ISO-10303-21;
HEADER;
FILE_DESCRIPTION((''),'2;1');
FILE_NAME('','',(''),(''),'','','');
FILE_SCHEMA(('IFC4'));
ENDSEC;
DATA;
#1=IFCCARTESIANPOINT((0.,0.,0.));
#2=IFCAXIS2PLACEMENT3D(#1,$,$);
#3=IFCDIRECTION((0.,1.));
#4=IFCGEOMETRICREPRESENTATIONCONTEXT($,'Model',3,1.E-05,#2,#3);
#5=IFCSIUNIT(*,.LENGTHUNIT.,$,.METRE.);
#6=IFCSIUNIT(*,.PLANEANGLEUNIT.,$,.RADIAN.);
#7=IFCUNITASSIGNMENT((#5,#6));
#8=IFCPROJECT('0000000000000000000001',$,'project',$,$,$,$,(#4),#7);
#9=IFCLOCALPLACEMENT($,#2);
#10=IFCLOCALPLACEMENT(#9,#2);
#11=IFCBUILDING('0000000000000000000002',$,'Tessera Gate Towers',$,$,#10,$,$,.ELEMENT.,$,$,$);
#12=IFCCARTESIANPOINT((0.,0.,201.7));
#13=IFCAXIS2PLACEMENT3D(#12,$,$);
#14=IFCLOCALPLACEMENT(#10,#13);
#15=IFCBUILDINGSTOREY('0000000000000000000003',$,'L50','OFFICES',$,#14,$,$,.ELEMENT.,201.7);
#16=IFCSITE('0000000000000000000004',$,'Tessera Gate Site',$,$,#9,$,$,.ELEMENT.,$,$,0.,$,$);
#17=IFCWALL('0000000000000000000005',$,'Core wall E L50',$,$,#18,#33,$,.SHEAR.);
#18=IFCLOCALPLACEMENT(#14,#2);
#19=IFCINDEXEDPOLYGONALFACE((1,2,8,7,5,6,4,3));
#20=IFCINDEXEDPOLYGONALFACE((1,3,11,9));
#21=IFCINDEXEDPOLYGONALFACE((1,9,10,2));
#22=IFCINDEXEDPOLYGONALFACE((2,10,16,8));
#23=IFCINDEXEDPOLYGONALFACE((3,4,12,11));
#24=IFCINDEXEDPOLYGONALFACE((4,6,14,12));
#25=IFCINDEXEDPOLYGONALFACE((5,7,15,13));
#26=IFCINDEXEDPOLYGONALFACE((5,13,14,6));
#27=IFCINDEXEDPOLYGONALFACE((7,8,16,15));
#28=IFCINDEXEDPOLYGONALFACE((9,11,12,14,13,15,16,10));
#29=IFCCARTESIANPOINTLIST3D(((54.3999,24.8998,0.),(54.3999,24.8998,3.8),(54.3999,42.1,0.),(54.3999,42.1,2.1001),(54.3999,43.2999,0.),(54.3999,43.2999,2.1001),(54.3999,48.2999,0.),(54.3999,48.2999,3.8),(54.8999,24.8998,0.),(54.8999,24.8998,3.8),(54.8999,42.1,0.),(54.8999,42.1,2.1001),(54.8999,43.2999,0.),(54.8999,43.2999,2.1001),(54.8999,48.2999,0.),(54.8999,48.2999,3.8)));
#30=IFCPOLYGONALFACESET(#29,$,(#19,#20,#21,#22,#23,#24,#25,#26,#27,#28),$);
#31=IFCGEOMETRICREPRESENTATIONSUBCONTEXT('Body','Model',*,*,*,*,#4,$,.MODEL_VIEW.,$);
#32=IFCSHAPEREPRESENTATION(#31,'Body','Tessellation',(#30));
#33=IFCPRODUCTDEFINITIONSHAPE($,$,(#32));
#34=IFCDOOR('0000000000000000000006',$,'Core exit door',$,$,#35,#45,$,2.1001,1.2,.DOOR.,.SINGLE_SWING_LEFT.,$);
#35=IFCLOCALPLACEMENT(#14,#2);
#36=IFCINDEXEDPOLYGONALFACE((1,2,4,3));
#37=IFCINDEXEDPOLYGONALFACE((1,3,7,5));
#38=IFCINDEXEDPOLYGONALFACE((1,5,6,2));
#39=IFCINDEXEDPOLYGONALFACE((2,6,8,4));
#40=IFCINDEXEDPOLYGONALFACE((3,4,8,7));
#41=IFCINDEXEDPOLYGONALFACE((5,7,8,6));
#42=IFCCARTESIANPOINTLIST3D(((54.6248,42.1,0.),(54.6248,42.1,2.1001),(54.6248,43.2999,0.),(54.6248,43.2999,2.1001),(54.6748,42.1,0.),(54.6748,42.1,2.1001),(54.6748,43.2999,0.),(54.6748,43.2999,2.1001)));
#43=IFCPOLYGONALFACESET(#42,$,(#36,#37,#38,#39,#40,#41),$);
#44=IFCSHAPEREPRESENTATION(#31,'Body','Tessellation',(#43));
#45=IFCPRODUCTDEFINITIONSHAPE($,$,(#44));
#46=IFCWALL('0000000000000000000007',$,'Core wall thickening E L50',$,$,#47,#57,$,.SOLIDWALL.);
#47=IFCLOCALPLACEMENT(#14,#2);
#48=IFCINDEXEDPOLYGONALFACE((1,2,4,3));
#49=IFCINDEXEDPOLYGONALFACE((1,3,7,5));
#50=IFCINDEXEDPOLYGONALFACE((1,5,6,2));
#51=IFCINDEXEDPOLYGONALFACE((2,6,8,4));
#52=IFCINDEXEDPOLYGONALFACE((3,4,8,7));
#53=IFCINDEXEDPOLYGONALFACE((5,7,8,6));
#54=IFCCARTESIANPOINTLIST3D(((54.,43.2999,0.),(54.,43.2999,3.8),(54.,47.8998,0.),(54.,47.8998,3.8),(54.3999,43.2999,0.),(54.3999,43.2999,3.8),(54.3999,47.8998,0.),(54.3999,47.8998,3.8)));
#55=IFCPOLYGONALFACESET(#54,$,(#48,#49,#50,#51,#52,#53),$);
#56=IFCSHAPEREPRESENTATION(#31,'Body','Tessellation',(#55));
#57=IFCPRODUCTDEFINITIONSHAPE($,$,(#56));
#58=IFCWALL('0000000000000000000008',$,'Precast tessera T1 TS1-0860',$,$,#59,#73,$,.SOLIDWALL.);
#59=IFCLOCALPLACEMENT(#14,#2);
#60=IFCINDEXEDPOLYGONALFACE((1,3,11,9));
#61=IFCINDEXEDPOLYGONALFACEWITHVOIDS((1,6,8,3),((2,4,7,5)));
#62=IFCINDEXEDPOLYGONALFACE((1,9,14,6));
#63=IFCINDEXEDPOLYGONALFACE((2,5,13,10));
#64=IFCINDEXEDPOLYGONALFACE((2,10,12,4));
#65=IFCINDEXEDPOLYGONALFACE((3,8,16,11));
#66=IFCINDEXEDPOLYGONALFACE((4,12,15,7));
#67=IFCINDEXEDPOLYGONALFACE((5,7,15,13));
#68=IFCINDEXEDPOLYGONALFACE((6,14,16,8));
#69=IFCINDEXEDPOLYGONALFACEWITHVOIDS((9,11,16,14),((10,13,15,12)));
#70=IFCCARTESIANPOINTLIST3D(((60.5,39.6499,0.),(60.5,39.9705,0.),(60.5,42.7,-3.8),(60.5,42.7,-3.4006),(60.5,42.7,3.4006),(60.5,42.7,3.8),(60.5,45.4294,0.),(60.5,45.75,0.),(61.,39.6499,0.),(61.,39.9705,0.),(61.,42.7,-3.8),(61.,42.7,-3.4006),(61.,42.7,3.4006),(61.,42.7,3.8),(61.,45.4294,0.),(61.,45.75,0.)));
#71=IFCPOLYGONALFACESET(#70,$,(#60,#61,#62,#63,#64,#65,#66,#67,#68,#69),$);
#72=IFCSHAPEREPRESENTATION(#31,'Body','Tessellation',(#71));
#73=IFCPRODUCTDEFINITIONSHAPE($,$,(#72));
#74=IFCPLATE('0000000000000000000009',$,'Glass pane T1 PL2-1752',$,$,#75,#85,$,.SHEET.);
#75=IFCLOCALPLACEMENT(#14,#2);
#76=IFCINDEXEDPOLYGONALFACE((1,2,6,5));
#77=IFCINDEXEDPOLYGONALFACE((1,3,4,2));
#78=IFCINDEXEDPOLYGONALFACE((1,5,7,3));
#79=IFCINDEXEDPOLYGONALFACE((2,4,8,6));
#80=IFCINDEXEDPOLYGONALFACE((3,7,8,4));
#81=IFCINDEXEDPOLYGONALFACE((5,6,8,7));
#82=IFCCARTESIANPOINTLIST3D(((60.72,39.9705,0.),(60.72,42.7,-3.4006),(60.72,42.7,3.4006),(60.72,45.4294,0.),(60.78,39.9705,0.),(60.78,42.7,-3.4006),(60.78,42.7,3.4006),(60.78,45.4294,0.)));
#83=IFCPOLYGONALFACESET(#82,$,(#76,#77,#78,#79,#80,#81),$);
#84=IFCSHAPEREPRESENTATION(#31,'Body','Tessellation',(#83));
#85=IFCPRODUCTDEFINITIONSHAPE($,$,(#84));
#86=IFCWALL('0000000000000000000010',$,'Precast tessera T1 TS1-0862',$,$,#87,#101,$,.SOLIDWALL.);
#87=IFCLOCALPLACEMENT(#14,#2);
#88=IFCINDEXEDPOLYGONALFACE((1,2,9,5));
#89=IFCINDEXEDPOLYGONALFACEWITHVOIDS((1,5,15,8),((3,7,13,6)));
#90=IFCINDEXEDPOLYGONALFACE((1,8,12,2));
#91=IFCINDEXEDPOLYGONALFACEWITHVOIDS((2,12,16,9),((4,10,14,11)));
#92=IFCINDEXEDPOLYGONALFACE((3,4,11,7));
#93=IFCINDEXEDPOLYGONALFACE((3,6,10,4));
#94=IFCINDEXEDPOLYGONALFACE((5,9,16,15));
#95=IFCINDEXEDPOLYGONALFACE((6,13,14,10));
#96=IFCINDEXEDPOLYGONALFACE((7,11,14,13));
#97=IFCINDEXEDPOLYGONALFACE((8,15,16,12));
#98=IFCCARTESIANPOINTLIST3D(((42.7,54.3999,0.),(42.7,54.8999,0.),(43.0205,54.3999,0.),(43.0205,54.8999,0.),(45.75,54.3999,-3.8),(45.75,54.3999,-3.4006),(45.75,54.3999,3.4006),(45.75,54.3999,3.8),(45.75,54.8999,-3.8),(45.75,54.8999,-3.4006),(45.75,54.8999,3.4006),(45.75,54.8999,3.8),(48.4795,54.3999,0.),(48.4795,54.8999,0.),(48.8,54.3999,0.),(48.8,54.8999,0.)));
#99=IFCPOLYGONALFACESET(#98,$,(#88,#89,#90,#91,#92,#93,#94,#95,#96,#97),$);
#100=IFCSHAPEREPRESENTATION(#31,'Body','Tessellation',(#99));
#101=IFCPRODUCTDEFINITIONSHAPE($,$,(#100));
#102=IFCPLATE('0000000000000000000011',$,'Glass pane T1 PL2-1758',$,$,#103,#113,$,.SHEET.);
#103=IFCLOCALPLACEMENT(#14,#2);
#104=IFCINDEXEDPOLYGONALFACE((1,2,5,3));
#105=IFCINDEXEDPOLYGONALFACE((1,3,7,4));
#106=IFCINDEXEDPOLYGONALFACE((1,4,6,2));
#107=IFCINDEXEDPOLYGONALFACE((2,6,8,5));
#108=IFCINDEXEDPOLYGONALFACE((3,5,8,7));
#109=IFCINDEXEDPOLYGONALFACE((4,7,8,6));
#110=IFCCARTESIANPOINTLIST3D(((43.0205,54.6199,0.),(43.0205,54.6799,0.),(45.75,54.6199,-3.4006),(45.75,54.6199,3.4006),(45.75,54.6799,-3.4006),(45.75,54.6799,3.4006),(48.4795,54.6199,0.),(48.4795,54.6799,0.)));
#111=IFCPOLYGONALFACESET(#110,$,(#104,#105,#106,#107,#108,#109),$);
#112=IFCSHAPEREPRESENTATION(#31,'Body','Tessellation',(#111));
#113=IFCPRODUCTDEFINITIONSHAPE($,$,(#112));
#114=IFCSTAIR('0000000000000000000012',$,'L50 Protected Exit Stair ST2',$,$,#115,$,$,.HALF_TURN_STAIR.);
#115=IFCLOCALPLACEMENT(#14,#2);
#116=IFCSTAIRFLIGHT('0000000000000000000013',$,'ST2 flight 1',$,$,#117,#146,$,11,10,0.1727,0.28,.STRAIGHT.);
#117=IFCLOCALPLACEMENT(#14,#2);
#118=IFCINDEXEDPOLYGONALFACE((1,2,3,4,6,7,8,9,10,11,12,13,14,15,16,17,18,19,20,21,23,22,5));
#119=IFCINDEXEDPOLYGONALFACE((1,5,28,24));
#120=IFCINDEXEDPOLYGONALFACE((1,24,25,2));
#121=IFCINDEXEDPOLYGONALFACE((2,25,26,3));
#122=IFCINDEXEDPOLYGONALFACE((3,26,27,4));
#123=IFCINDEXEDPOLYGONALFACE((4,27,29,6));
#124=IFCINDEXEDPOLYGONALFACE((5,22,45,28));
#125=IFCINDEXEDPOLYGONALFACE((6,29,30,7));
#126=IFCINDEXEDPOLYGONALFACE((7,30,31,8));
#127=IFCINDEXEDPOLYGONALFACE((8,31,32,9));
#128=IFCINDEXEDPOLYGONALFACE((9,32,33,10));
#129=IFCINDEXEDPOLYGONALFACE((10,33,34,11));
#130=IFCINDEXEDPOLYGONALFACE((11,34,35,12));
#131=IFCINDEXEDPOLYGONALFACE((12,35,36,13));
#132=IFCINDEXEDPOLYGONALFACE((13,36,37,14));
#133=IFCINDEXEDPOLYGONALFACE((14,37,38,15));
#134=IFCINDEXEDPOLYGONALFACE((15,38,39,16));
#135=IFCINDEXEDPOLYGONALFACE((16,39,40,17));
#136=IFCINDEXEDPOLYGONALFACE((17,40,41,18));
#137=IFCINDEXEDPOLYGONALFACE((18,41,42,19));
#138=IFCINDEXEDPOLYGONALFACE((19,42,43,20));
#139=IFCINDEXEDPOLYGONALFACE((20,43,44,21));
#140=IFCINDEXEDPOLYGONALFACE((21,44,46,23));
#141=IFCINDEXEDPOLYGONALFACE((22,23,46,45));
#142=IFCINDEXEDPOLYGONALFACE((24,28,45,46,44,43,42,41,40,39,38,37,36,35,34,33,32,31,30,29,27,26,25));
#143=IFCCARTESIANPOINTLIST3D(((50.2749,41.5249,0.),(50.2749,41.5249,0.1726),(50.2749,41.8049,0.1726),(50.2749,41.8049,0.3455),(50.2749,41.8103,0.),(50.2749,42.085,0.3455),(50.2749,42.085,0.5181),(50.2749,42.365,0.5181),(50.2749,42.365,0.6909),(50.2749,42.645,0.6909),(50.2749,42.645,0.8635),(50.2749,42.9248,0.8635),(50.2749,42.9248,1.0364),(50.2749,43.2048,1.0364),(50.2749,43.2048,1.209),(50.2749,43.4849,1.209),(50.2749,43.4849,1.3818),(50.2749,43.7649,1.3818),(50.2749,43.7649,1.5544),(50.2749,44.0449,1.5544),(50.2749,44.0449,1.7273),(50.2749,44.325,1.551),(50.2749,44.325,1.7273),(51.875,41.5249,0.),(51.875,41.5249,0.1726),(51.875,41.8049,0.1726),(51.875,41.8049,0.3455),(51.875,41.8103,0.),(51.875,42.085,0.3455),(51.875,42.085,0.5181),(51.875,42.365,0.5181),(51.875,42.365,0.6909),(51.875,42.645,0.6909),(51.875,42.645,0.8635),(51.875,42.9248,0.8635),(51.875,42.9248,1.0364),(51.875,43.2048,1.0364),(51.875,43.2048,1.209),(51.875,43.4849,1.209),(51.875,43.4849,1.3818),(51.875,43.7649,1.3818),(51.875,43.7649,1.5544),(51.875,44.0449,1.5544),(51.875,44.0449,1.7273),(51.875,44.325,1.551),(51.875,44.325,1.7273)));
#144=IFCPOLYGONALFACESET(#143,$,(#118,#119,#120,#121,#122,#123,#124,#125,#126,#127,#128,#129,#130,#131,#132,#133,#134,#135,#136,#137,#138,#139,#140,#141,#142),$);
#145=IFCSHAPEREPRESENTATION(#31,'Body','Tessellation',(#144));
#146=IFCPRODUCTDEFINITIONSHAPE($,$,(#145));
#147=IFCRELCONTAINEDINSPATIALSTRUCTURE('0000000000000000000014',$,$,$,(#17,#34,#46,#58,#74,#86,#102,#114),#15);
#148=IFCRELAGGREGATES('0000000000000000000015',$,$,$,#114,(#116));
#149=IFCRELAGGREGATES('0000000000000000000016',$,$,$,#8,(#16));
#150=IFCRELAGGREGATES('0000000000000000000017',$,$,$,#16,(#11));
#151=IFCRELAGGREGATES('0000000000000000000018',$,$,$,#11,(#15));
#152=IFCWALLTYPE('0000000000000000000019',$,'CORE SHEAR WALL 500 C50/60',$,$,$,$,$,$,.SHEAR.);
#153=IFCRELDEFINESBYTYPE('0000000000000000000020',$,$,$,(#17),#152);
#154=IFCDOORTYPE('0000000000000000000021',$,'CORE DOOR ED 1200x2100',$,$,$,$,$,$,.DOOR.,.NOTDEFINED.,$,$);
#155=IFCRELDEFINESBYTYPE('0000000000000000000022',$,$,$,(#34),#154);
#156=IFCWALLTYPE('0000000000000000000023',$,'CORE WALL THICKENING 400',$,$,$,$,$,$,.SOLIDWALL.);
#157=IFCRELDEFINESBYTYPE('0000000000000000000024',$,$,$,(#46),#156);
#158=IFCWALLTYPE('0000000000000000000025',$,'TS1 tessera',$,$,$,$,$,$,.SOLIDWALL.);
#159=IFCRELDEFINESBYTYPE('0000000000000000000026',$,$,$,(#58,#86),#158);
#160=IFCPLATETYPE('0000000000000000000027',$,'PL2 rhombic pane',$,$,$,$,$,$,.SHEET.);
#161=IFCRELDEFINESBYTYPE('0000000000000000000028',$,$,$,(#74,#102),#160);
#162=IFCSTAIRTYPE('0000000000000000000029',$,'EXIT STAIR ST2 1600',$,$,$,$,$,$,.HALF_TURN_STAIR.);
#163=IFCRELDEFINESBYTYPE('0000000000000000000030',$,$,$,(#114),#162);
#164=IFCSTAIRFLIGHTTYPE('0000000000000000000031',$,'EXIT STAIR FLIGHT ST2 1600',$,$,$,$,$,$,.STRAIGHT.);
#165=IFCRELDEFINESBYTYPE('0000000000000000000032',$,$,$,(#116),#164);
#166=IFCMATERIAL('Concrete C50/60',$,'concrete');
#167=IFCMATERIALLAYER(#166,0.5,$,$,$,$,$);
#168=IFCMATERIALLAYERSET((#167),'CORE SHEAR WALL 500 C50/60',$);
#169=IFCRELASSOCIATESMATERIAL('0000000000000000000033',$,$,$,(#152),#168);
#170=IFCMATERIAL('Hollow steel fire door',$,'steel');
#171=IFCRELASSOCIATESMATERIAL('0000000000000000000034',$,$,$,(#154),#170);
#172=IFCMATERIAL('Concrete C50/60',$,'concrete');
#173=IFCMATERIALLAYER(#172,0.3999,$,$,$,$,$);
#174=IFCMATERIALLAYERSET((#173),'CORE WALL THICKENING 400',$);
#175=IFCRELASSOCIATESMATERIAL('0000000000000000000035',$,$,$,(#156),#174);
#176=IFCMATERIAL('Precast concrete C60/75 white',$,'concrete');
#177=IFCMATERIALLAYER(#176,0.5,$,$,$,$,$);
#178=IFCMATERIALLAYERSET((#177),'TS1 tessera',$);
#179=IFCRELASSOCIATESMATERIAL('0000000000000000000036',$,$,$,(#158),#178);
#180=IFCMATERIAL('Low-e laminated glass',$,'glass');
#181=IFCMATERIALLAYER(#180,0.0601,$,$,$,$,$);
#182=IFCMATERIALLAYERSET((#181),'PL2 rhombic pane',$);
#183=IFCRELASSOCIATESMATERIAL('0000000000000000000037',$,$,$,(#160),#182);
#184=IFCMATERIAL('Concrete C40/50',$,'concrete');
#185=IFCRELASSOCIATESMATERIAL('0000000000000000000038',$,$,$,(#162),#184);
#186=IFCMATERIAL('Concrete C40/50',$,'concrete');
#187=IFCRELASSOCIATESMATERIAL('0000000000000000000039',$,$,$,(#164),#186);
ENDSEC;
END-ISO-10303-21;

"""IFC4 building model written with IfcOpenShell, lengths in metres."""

from ifc_helpers import new_model, si_unit, direction, frame, frame_2d, origin, place, context, subcontext, project, spatial, polyline, rectangle, outline, extrude, source, transform, mapped, material, layer, layer_set, type_object, element, fill, aggregate, save


model = new_model("IFC4")

# Units and contexts
model_context = context("Model", 3, precision=1e-05, world=origin(), true_north=direction((0.0, 1.0)))
body_context = subcontext(model_context, "Body", "Model", "MODEL_VIEW")
ifc_project = project(units=[si_unit("LENGTHUNIT", "METRE"), si_unit("PLANEANGLEUNIT", "RADIAN")], contexts=[model_context])

# Site, building, storey
site_placement = place(None, origin())
site = spatial("IfcSite", under=ifc_project, at=site_placement, Name="Tessera Gate Site", CompositionType="ELEMENT", RefElevation=0.0)
building_placement = place(site_placement, origin())
building = spatial("IfcBuilding", under=site, at=building_placement, Name="Tessera Gate Towers", CompositionType="ELEMENT")
storey_placement = place(building_placement, frame((0.0, 0.0, 201.7)))
storey = spatial("IfcBuildingStorey", under=building, at=storey_placement, Name="L50", Description="OFFICES", CompositionType="ELEMENT", Elevation=201.7)

# Wall, opening, door
shared_shape_1 = source(origin(), body_context, "Body", "SweptSolid", [
    extrude(rectangle(XDim=1.2, YDim=2.1001, at=frame_2d((0.6001, 1.05))), frame((0.0, 0.0249, 0.0), z_axis=(0.0, -1.0, 0.0), x_axis=(1.0, 0.0, 0.0)), (0.0, 0.0, 1.0), 0.05),
])
ifc_material_1 = material(Name="Concrete C50/60", Category="concrete")
ifc_layer_1 = layer(ifc_material_1, 0.5)
ifc_layer_set_1 = layer_set([ifc_layer_1], Name="CORE SHEAR WALL 500 C50/60")
wall_type_1 = type_object("IfcWallType", Name="CORE SHEAR WALL 500 C50/60", PredefinedType="SHEAR", material=ifc_layer_set_1)
wall_1_placement = place(storey_placement, frame((54.6499, 48.3, 0.0), z_axis=(0.0, 0.0, 1.0), x_axis=(0.0, -1.0, 0.0)))
wall_1 = element("IfcWall", 1, at=wall_1_placement, inside=storey, type_object=wall_type_1, Name="Core wall E L50", PredefinedType="SHEAR", context=body_context, shape_type="SweptSolid", body=[
    extrude(rectangle(XDim=23.4001, YDim=0.5, at=frame_2d((11.7002, 0.0))), origin(), (0.0, 0.0, 1.0), 3.8),
])
shared_shape_2 = source(origin(), body_context, "Body", "SweptSolid", [
    extrude(rectangle(XDim=1.2, YDim=2.1001, at=frame_2d((0.6001, 1.05))), frame((0.0, 0.26, 0.0), z_axis=(0.0, -1.0, 0.0), x_axis=(1.0, 0.0, 0.0)), (0.0, 0.0, 1.0), 0.52),
])
opening_1_placement = place(wall_1_placement, frame((5.0, 0.0, 0.0)))
opening_1 = element("IfcOpeningElement", 2, at=opening_1_placement, cuts=wall_1, PredefinedType="OPENING", context=body_context, shape_type="MappedRepresentation", body=[
    mapped(shared_shape_2, transform((0.0, 0.0, 0.0), scale=1.0)),
])
ifc_material_2 = material(Name="Hollow steel fire door", Category="steel")
door_type_1 = type_object("IfcDoorType", Name="CORE DOOR ED 1200x2100", OperationType="NOTDEFINED", PredefinedType="DOOR", material=ifc_material_2)
door_1_placement = place(opening_1_placement, origin())
door_1 = element("IfcDoor", 3, at=door_1_placement, inside=storey, type_object=door_type_1, Name="Core exit door", OperationType="SINGLE_SWING_LEFT", OverallHeight=2.1001, OverallWidth=1.2, PredefinedType="DOOR", context=body_context, shape_type="MappedRepresentation", body=[
    mapped(shared_shape_1, transform((0.0, 0.0, 0.0), scale=1.0)),
])
fill(opening_1, door_1)

# Wall
ifc_material_3 = material(Name="Concrete C50/60", Category="concrete")
ifc_layer_2 = layer(ifc_material_3, 0.3999)
ifc_layer_set_2 = layer_set([ifc_layer_2], Name="CORE WALL THICKENING 400")
wall_type_2 = type_object("IfcWallType", Name="CORE WALL THICKENING 400", PredefinedType="SOLIDWALL", material=ifc_layer_set_2)
wall_2_placement = place(storey_placement, frame((54.2, 43.3, 0.0), z_axis=(0.0, 0.0, 1.0), x_axis=(0.0, 1.0, 0.0)))
element("IfcWall", 4, at=wall_2_placement, inside=storey, type_object=wall_type_2, Name="Core wall thickening E L50", PredefinedType="SOLIDWALL", context=body_context, shape_type="SweptSolid", body=[
    extrude(rectangle(XDim=4.5999, YDim=0.3999, at=frame_2d((2.2998, 0.0))), origin(), (0.0, 0.0, 1.0), 3.8),
])

# Walls, openings, plates
ifc_material_4 = material(Name="Precast concrete C60/75 white", Category="concrete")
ifc_layer_3 = layer(ifc_material_4, 0.5)
ifc_layer_set_3 = layer_set([ifc_layer_3], Name="TS1 tessera")
wall_type_3 = type_object("IfcWallType", Name="TS1 tessera", PredefinedType="SOLIDWALL", material=ifc_layer_set_3)
shared_shape_3 = source(origin(), body_context, "Body", "SweptSolid", [
    extrude(outline(polyline([(3.05, 0.0), (6.1001, 3.8), (3.05, 7.6001), (0.0, 3.8), (3.05, 0.0)])), frame((0.0, 0.25, 0.0), z_axis=(0.0, -1.0, 0.0), x_axis=(1.0, 0.0, 0.0)), (0.0, 0.0, 1.0), 0.5),
])
wall_3_placement = place(storey_placement, frame((60.75, 39.6499, -3.8), z_axis=(0.0, 0.0, 1.0), x_axis=(0.0, 1.0, 0.0)))
wall_3 = element("IfcWall", 5, at=wall_3_placement, inside=storey, type_object=wall_type_3, Name="Precast tessera T1 TS1-0860", PredefinedType="SOLIDWALL", context=body_context, shape_type="MappedRepresentation", body=[
    mapped(shared_shape_3, transform((0.0, 0.0, 0.0), scale=1.0)),
])
shared_shape_4 = source(origin(), body_context, "Body", "SweptSolid", [
    extrude(outline(polyline([(3.05, 0.3994), (5.7795, 3.8), (3.05, 7.2007), (0.3206, 3.8), (3.05, 0.3994)])), frame((0.0, 0.26, 0.0), z_axis=(0.0, -1.0, 0.0), x_axis=(1.0, 0.0, 0.0)), (0.0, 0.0, 1.0), 0.52),
])
opening_2_placement = place(wall_3_placement, origin())
opening_2 = element("IfcOpeningElement", 6, at=opening_2_placement, cuts=wall_3, PredefinedType="OPENING", context=body_context, shape_type="MappedRepresentation", body=[
    mapped(shared_shape_4, transform((0.0, 0.0, 0.0), scale=1.0)),
])
ifc_material_5 = material(Name="Low-e laminated glass", Category="glass")
ifc_layer_4 = layer(ifc_material_5, 0.0601)
ifc_layer_set_4 = layer_set([ifc_layer_4], Name="PL2 rhombic pane")
plate_type = type_object("IfcPlateType", Name="PL2 rhombic pane", PredefinedType="SHEET", material=ifc_layer_set_4)
shared_shape_5 = source(origin(), body_context, "Body", "SweptSolid", [
    extrude(outline(polyline([(3.05, 0.3994), (5.7795, 3.8), (3.05, 7.2007), (0.3206, 3.8), (3.05, 0.3994)])), frame((0.0, 0.03, 0.0), z_axis=(0.0, -1.0, 0.0), x_axis=(1.0, 0.0, 0.0)), (0.0, 0.0, 1.0), 0.0601),
])
plate_1_placement = place(opening_2_placement, origin())
plate_1 = element("IfcPlate", 7, at=plate_1_placement, inside=storey, type_object=plate_type, Name="Glass pane T1 PL2-1752", PredefinedType="SHEET", context=body_context, shape_type="MappedRepresentation", body=[
    mapped(shared_shape_5, transform((0.0, 0.0, 0.0), scale=1.0)),
])
fill(opening_2, plate_1)
wall_4_placement = place(storey_placement, frame((48.8, 54.6499, -3.8), z_axis=(0.0, 0.0, 1.0), x_axis=(-1.0, 0.0, 0.0)))
wall_4 = element("IfcWall", 8, at=wall_4_placement, inside=storey, type_object=wall_type_3, Name="Precast tessera T1 TS1-0862", PredefinedType="SOLIDWALL", context=body_context, shape_type="MappedRepresentation", body=[
    mapped(shared_shape_3, transform((0.0, 0.0, 0.0), scale=1.0)),
])
opening_3_placement = place(wall_4_placement, origin())
opening_3 = element("IfcOpeningElement", 9, at=opening_3_placement, cuts=wall_4, PredefinedType="OPENING", context=body_context, shape_type="MappedRepresentation", body=[
    mapped(shared_shape_4, transform((0.0, 0.0, 0.0), scale=1.0)),
])
plate_2_placement = place(opening_3_placement, origin())
plate_2 = element("IfcPlate", 10, at=plate_2_placement, inside=storey, type_object=plate_type, Name="Glass pane T1 PL2-1758", PredefinedType="SHEET", context=body_context, shape_type="MappedRepresentation", body=[
    mapped(shared_shape_5, transform((0.0, 0.0, 0.0), scale=1.0)),
])
fill(opening_3, plate_2)

# Stair, stair flight
ifc_material_6 = material(Name="Concrete C40/50", Category="concrete")
stair_type = type_object("IfcStairType", Name="EXIT STAIR ST2 1600", PredefinedType="HALF_TURN_STAIR", material=ifc_material_6)
stair_placement = place(storey_placement, origin())
stair = element("IfcStair", 11, at=stair_placement, inside=storey, type_object=stair_type, Name="L50 Protected Exit Stair ST2", PredefinedType="HALF_TURN_STAIR")
ifc_material_7 = material(Name="Concrete C40/50", Category="concrete")
stair_flight_type = type_object("IfcStairFlightType", Name="EXIT STAIR FLIGHT ST2 1600", PredefinedType="STRAIGHT", material=ifc_material_7)
stair_flight_1_placement = place(storey_placement, frame((51.075, 41.5249, 0.0), z_axis=(0.0, 0.0, 1.0), x_axis=(0.0, 1.0, 0.0)))
stair_flight_1 = element("IfcStairFlight", 12, at=stair_flight_1_placement, type_object=stair_flight_type, Name="ST2 flight 1", NumberOfRisers=11, NumberOfTreads=10, PredefinedType="STRAIGHT", RiserHeight=0.1727, TreadLength=0.28, context=body_context, shape_type="SweptSolid", body=[
    extrude(outline(polyline([(0.0, 0.0), (0.0, 0.1726), (0.28, 0.1726), (0.28, 0.3455), (0.5601, 0.3455), (0.5601, 0.5181), (0.8401, 0.5181), (0.8401, 0.6909), (1.1201, 0.6909), (1.1201, 0.8635), (1.3999, 0.8635), (1.3999, 1.0364), (1.6799, 1.0364), (1.6799, 1.209), (1.96, 1.209), (1.96, 1.3818), (2.24, 1.3818), (2.24, 1.5544), (2.52, 1.5544), (2.52, 1.7273), (2.8, 1.7273), (2.8, 1.8999), (2.8, 1.551), (0.2854, 0.0), (0.0, 0.0)])), frame((0.0, 0.8, 0.0), z_axis=(0.0, -1.0, 0.0), x_axis=(1.0, 0.0, 0.0)), (0.0, 0.0, 1.0), 1.6001),
])
aggregate(stair, [stair_flight_1])

save(model, "model.ifc")
